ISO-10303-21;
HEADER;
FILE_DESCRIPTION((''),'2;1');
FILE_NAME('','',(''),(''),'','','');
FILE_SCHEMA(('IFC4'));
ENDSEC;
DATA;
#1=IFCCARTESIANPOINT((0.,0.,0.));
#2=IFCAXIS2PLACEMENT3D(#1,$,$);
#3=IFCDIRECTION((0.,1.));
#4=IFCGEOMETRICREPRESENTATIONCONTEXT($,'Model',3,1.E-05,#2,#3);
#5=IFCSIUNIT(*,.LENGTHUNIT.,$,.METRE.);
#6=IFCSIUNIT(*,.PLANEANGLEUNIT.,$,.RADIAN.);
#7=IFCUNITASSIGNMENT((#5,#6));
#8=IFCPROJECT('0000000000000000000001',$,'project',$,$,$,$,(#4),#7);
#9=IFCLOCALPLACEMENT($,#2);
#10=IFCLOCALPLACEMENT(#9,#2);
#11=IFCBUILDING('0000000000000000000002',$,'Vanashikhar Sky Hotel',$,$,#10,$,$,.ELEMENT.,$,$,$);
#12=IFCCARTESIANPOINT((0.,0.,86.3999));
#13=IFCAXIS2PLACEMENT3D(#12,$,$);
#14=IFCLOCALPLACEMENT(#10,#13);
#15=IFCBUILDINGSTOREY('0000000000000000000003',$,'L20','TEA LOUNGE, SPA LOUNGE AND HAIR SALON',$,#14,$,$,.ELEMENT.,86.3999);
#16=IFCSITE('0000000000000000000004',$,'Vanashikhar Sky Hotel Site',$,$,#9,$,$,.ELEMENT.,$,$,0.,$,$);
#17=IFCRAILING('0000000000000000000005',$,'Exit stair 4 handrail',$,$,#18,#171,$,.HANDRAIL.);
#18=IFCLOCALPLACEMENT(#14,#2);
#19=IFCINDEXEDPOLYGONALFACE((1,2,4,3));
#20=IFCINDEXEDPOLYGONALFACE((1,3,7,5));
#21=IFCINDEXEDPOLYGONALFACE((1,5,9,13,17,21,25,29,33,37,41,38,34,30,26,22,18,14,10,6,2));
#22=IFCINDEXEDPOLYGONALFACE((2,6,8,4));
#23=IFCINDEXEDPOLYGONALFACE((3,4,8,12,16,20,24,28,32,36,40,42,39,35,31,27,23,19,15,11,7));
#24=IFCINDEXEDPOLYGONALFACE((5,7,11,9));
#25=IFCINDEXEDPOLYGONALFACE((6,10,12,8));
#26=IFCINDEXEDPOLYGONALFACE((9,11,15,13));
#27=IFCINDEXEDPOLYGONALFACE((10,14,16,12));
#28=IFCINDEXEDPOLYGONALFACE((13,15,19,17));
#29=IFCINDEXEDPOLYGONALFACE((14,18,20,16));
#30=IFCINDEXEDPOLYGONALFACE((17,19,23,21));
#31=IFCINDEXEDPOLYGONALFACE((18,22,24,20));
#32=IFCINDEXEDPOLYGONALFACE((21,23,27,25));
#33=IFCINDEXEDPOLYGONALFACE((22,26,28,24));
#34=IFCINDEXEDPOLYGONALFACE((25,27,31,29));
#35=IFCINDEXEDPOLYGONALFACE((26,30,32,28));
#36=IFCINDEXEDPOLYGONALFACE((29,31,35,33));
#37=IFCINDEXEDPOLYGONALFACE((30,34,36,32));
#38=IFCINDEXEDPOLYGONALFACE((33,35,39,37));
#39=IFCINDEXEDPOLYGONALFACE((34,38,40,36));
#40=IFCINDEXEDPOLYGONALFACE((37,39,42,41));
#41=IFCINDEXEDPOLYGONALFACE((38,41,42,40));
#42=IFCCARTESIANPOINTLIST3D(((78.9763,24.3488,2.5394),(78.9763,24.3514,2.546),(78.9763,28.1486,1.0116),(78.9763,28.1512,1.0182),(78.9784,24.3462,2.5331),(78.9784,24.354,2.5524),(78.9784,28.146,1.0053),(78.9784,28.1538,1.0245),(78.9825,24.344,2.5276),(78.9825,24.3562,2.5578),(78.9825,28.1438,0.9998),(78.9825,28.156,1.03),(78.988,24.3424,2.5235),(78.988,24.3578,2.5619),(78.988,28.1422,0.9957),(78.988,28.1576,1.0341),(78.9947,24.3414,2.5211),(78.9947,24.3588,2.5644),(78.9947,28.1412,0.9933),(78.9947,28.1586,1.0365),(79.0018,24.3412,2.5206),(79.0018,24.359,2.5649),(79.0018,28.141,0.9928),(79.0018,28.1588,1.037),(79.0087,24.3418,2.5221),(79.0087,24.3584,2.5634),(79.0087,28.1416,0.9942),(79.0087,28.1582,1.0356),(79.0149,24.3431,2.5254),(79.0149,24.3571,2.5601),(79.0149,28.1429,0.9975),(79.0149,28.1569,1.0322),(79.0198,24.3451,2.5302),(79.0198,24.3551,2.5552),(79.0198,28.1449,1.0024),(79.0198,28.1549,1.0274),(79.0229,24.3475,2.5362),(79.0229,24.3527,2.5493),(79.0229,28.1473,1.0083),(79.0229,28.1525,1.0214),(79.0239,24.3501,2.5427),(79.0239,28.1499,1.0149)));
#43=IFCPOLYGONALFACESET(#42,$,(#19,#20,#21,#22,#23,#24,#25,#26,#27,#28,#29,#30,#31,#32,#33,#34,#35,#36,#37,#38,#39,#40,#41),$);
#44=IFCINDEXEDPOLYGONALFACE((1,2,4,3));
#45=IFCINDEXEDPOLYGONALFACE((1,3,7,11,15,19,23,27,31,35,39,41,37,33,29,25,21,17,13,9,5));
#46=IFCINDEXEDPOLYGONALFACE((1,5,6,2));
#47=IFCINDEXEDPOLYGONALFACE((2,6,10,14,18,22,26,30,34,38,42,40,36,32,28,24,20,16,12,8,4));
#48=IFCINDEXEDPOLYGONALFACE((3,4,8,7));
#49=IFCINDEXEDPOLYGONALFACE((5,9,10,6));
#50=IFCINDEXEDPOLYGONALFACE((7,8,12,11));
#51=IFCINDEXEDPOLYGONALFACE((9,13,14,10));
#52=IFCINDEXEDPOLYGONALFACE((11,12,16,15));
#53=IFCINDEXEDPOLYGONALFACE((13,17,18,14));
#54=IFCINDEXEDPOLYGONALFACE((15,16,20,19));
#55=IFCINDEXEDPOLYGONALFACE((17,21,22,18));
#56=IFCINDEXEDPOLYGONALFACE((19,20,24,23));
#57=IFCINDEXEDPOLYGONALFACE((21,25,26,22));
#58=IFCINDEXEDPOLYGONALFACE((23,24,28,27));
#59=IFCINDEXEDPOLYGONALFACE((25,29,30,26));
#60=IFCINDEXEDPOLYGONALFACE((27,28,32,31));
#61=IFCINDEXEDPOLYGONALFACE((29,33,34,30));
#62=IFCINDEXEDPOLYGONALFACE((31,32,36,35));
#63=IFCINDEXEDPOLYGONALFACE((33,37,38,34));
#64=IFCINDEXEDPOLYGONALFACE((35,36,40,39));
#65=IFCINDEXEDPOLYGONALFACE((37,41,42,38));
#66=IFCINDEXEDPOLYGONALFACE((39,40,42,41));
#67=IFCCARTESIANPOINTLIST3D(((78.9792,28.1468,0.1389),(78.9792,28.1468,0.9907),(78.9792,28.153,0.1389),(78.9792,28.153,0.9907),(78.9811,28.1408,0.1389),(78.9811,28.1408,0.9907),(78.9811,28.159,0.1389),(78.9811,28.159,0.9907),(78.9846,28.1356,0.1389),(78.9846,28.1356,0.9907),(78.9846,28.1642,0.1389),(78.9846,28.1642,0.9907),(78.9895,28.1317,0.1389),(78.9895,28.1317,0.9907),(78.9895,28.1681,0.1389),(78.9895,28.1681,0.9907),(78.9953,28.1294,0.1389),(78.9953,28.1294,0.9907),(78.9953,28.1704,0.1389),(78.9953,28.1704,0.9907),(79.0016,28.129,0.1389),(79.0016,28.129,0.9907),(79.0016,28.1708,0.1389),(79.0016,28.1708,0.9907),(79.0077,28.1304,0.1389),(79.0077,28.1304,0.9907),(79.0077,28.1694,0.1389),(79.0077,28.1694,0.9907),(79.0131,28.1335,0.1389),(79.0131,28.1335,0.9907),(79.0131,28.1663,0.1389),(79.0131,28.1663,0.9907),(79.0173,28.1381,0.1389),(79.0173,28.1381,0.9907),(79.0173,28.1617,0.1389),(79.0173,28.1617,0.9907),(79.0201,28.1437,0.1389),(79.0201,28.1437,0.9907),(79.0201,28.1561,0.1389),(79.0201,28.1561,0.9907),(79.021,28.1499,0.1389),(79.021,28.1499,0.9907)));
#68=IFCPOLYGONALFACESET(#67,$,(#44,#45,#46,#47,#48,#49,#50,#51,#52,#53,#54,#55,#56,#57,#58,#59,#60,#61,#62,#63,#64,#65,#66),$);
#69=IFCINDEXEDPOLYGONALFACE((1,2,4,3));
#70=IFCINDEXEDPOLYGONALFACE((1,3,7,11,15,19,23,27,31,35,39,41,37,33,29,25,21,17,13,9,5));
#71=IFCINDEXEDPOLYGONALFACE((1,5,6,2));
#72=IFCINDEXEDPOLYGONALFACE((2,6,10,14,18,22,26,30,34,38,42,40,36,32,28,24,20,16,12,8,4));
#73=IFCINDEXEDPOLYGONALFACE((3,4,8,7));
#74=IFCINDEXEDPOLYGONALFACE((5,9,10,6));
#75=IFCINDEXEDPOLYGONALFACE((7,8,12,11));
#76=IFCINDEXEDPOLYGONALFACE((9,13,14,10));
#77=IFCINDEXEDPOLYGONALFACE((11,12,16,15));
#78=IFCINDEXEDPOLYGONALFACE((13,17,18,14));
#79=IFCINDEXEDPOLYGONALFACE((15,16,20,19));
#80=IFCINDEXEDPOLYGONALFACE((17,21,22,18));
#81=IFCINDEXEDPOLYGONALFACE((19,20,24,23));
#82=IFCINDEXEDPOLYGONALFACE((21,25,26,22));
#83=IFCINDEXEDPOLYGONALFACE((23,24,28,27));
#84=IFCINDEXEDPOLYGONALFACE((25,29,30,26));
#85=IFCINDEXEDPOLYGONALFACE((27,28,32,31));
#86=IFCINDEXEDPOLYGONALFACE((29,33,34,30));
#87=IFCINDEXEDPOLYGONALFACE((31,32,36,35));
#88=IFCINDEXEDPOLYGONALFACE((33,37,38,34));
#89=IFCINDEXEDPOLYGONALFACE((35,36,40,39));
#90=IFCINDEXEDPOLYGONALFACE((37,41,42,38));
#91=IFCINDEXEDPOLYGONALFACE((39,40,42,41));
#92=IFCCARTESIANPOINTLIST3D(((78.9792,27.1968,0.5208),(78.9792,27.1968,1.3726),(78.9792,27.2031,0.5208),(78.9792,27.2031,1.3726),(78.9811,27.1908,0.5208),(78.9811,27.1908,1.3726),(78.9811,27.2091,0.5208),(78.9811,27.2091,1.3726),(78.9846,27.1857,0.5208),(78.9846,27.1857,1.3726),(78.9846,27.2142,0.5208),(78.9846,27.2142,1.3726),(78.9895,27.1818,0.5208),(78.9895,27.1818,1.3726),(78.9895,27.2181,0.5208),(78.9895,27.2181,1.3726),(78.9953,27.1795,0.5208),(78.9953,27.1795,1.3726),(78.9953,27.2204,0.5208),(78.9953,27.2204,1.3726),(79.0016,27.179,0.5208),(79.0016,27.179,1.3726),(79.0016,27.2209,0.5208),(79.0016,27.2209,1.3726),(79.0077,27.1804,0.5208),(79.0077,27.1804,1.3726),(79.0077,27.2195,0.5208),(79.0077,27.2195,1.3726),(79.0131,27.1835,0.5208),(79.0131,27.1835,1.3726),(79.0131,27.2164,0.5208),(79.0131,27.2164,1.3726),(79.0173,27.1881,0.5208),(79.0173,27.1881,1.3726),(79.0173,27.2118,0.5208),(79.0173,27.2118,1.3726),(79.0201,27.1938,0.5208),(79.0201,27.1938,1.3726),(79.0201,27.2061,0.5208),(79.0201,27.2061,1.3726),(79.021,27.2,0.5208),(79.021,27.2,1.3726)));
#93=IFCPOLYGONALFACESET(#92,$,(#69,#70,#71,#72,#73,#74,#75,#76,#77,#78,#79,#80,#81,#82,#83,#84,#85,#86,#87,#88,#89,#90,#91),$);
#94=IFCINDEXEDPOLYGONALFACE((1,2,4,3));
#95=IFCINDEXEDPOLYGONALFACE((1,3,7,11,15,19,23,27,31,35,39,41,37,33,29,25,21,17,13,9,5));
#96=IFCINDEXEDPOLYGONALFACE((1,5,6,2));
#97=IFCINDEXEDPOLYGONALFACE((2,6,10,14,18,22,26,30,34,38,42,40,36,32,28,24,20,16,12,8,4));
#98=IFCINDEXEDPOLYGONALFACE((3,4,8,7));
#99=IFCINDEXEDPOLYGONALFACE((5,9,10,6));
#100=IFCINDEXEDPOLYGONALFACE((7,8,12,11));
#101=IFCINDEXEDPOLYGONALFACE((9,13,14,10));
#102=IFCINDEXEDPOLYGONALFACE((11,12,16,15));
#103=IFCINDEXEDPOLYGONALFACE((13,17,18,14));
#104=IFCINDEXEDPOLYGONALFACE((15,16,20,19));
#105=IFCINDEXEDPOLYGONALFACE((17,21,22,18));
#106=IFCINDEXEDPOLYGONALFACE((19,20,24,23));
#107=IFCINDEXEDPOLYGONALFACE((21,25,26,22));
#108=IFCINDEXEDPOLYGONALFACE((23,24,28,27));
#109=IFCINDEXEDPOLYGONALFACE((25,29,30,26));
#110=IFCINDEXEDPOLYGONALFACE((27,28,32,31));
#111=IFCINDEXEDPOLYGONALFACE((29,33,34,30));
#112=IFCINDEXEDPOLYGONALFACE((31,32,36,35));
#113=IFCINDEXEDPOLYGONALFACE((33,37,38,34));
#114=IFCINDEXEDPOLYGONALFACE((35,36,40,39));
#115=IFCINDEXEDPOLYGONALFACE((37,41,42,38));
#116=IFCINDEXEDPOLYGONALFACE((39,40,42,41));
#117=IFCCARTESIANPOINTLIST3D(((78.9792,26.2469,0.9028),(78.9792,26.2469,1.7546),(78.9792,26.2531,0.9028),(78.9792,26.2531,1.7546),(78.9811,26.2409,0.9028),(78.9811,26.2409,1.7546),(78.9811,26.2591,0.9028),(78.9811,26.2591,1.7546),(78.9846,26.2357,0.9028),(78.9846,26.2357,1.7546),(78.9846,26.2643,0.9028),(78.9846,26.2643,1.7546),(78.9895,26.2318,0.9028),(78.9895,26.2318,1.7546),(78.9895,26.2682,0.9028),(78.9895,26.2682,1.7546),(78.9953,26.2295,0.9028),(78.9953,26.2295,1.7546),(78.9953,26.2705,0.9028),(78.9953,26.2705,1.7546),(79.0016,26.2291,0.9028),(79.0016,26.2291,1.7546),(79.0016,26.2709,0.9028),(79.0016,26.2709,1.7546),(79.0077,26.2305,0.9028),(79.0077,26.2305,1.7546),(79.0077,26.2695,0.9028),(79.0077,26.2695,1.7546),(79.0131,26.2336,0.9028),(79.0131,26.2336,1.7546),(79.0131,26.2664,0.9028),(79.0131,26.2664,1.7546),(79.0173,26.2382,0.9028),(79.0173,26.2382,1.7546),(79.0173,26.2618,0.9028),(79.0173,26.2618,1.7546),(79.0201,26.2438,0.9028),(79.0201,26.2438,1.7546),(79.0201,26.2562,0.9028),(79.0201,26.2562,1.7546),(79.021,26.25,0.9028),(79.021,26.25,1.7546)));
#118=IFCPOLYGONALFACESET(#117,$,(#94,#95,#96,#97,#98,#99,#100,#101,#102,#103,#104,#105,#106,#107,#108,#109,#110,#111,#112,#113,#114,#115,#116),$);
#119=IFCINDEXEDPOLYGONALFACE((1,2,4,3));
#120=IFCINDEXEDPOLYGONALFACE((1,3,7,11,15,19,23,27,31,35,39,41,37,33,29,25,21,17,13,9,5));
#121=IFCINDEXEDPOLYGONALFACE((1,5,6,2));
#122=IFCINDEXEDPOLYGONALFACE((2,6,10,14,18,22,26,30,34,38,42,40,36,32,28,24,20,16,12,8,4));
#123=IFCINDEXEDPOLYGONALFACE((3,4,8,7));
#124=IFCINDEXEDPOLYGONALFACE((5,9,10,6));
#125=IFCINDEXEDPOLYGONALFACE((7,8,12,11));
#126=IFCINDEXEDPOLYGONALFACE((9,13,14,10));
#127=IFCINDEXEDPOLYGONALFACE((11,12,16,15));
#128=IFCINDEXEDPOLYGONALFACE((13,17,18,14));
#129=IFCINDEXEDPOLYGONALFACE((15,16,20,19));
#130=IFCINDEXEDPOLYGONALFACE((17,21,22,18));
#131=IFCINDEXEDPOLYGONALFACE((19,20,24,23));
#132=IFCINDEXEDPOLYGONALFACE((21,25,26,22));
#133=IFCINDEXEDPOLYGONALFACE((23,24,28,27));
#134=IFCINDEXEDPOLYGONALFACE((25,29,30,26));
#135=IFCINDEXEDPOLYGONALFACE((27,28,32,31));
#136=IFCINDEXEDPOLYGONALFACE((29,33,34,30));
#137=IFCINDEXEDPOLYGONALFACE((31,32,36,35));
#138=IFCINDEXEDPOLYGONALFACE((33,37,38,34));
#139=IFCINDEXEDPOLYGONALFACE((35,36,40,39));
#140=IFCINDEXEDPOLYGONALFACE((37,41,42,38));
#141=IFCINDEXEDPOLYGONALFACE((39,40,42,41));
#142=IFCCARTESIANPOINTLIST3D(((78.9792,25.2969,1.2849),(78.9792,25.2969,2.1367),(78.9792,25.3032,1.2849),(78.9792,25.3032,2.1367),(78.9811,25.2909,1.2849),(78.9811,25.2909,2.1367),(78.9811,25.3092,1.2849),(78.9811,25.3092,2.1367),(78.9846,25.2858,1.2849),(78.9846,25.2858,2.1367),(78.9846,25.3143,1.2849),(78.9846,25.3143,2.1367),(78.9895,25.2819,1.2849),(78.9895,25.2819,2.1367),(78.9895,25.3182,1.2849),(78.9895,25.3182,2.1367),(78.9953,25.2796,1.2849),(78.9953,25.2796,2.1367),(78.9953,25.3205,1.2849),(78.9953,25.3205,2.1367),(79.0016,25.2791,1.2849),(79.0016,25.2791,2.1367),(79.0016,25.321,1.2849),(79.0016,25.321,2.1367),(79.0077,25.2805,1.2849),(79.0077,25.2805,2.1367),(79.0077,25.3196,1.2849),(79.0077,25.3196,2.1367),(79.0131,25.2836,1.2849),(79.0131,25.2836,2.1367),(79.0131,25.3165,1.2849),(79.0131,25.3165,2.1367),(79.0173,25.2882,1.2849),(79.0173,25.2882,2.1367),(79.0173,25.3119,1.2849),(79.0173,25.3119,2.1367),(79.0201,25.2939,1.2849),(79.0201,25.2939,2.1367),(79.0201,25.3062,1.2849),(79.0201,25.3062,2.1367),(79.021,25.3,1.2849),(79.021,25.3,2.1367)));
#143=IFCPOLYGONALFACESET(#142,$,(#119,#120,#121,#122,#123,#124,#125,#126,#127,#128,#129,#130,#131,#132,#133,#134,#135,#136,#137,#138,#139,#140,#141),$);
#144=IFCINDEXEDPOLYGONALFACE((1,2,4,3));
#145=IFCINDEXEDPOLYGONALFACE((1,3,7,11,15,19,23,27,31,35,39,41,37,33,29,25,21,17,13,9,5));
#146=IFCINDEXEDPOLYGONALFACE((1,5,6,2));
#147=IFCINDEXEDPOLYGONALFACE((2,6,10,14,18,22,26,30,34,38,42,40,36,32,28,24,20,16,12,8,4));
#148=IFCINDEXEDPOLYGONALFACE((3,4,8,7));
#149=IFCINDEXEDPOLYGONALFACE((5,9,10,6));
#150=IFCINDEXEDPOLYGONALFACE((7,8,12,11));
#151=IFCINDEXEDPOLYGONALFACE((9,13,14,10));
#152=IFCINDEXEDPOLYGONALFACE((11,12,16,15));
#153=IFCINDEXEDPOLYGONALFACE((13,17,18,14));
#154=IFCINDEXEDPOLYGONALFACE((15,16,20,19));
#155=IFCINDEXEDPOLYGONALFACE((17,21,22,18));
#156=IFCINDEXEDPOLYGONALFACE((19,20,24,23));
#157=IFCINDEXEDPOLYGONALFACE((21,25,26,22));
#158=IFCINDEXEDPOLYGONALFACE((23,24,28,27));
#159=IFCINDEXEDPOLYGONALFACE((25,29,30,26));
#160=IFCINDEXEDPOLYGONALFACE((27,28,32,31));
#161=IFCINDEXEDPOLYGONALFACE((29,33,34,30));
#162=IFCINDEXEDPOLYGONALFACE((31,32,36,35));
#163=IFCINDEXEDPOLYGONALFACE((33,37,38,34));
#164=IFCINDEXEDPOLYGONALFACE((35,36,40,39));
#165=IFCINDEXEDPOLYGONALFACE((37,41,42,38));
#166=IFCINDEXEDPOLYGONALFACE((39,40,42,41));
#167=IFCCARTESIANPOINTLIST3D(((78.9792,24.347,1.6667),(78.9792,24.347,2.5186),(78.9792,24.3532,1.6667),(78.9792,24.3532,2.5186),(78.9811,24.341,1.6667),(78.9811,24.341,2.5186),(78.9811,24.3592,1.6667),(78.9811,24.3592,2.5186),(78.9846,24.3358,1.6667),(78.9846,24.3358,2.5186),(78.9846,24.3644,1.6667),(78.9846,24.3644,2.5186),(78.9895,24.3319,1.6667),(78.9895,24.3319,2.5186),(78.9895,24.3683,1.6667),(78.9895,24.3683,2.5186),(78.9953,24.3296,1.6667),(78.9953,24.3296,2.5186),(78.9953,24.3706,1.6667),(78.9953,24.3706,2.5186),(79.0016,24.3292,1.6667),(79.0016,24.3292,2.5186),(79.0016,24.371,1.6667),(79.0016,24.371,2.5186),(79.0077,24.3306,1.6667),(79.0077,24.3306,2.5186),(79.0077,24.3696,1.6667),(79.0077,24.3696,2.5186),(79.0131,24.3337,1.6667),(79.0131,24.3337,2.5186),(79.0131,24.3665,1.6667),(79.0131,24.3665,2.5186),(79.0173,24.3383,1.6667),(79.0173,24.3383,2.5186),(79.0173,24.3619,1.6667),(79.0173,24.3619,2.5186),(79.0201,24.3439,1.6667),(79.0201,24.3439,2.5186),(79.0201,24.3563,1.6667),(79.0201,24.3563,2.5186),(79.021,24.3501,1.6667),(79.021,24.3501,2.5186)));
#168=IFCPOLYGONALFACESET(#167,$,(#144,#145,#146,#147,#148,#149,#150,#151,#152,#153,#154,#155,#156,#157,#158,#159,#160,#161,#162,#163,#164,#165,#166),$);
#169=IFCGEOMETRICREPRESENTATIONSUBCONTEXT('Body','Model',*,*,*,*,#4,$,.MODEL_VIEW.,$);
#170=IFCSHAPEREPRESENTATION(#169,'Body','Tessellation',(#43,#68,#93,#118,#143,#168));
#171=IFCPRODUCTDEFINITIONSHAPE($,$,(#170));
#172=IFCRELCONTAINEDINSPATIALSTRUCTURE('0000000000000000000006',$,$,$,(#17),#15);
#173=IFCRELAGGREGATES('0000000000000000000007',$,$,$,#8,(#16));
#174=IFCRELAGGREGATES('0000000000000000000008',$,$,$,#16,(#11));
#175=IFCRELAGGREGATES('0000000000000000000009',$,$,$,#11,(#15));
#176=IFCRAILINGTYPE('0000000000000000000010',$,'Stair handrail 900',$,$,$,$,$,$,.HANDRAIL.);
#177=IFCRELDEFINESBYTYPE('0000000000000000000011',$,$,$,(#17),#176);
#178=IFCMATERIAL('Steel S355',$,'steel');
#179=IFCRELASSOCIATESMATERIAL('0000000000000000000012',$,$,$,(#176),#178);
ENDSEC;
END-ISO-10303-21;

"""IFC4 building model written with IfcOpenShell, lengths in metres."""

from ifc_helpers import new_model, si_unit, direction, frame, origin, origin_2d, place, context, subcontext, project, spatial, circle, extrude, source, transform, mapped, material, type_object, element, save


model = new_model("IFC4")

# Units and contexts
model_context = context("Model", 3, precision=1e-05, world=origin(), true_north=direction((0.0, 1.0)))
body_context = subcontext(model_context, "Body", "Model", "MODEL_VIEW")
ifc_project = project(units=[si_unit("LENGTHUNIT", "METRE"), si_unit("PLANEANGLEUNIT", "RADIAN")], contexts=[model_context])

# Site, building, storey
site_placement = place(None, origin())
site = spatial("IfcSite", under=ifc_project, at=site_placement, Name="Vanashikhar Sky Hotel Site", CompositionType="ELEMENT", RefElevation=0.0)
building_placement = place(site_placement, origin())
building = spatial("IfcBuilding", under=site, at=building_placement, Name="Vanashikhar Sky Hotel", CompositionType="ELEMENT")
storey_placement = place(building_placement, frame((0.0, 0.0, 86.3999)))
storey = spatial("IfcBuildingStorey", under=building, at=storey_placement, Name="L20", Description="TEA LOUNGE, SPA LOUNGE AND HAIR SALON", CompositionType="ELEMENT", Elevation=86.3999)

# Railing
ifc_material_1 = material(Name="Steel S355", Category="steel")
railing_type_1 = type_object("IfcRailingType", Name="Stair handrail 900", PredefinedType="HANDRAIL", material=ifc_material_1)
shared_shape_1 = source(origin(), body_context, "Body", "SweptSolid", [
    extrude(circle(Radius=0.0239, at=origin_2d()), frame((0.0, 0.0, 0.876), z_axis=(0.0, -0.927809, 0.373055), x_axis=(1.0, 0.0, 0.0)), (0.0, 0.0, 1.0), 4.0955),
    extrude(circle(Radius=0.021, at=origin_2d()), origin(), (0.0, 0.0, 1.0), 0.8518),
    extrude(circle(Radius=0.021, at=origin_2d()), frame((0.0, -0.95, 0.3818)), (0.0, 0.0, 1.0), 0.8518),
    extrude(circle(Radius=0.021, at=origin_2d()), frame((0.0, -1.8999, 0.7639)), (0.0, 0.0, 1.0), 0.8518),
    extrude(circle(Radius=0.021, at=origin_2d()), frame((0.0, -2.8499, 1.146)), (0.0, 0.0, 1.0), 0.8518),
    extrude(circle(Radius=0.021, at=origin_2d()), frame((0.0, -3.7998, 1.5278)), (0.0, 0.0, 1.0), 0.8518),
])
railing_1_placement = place(storey_placement, frame((79.0, 28.1499, 0.1389)))
element("IfcRailing", 1, at=railing_1_placement, inside=storey, type_object=railing_type_1, Name="Exit stair 4 handrail", PredefinedType="HANDRAIL", context=body_context, shape_type="MappedRepresentation", body=[
    mapped(shared_shape_1, transform((0.0, 0.0, 0.0), scale=1.0)),
])

save(model, "model.ifc")
